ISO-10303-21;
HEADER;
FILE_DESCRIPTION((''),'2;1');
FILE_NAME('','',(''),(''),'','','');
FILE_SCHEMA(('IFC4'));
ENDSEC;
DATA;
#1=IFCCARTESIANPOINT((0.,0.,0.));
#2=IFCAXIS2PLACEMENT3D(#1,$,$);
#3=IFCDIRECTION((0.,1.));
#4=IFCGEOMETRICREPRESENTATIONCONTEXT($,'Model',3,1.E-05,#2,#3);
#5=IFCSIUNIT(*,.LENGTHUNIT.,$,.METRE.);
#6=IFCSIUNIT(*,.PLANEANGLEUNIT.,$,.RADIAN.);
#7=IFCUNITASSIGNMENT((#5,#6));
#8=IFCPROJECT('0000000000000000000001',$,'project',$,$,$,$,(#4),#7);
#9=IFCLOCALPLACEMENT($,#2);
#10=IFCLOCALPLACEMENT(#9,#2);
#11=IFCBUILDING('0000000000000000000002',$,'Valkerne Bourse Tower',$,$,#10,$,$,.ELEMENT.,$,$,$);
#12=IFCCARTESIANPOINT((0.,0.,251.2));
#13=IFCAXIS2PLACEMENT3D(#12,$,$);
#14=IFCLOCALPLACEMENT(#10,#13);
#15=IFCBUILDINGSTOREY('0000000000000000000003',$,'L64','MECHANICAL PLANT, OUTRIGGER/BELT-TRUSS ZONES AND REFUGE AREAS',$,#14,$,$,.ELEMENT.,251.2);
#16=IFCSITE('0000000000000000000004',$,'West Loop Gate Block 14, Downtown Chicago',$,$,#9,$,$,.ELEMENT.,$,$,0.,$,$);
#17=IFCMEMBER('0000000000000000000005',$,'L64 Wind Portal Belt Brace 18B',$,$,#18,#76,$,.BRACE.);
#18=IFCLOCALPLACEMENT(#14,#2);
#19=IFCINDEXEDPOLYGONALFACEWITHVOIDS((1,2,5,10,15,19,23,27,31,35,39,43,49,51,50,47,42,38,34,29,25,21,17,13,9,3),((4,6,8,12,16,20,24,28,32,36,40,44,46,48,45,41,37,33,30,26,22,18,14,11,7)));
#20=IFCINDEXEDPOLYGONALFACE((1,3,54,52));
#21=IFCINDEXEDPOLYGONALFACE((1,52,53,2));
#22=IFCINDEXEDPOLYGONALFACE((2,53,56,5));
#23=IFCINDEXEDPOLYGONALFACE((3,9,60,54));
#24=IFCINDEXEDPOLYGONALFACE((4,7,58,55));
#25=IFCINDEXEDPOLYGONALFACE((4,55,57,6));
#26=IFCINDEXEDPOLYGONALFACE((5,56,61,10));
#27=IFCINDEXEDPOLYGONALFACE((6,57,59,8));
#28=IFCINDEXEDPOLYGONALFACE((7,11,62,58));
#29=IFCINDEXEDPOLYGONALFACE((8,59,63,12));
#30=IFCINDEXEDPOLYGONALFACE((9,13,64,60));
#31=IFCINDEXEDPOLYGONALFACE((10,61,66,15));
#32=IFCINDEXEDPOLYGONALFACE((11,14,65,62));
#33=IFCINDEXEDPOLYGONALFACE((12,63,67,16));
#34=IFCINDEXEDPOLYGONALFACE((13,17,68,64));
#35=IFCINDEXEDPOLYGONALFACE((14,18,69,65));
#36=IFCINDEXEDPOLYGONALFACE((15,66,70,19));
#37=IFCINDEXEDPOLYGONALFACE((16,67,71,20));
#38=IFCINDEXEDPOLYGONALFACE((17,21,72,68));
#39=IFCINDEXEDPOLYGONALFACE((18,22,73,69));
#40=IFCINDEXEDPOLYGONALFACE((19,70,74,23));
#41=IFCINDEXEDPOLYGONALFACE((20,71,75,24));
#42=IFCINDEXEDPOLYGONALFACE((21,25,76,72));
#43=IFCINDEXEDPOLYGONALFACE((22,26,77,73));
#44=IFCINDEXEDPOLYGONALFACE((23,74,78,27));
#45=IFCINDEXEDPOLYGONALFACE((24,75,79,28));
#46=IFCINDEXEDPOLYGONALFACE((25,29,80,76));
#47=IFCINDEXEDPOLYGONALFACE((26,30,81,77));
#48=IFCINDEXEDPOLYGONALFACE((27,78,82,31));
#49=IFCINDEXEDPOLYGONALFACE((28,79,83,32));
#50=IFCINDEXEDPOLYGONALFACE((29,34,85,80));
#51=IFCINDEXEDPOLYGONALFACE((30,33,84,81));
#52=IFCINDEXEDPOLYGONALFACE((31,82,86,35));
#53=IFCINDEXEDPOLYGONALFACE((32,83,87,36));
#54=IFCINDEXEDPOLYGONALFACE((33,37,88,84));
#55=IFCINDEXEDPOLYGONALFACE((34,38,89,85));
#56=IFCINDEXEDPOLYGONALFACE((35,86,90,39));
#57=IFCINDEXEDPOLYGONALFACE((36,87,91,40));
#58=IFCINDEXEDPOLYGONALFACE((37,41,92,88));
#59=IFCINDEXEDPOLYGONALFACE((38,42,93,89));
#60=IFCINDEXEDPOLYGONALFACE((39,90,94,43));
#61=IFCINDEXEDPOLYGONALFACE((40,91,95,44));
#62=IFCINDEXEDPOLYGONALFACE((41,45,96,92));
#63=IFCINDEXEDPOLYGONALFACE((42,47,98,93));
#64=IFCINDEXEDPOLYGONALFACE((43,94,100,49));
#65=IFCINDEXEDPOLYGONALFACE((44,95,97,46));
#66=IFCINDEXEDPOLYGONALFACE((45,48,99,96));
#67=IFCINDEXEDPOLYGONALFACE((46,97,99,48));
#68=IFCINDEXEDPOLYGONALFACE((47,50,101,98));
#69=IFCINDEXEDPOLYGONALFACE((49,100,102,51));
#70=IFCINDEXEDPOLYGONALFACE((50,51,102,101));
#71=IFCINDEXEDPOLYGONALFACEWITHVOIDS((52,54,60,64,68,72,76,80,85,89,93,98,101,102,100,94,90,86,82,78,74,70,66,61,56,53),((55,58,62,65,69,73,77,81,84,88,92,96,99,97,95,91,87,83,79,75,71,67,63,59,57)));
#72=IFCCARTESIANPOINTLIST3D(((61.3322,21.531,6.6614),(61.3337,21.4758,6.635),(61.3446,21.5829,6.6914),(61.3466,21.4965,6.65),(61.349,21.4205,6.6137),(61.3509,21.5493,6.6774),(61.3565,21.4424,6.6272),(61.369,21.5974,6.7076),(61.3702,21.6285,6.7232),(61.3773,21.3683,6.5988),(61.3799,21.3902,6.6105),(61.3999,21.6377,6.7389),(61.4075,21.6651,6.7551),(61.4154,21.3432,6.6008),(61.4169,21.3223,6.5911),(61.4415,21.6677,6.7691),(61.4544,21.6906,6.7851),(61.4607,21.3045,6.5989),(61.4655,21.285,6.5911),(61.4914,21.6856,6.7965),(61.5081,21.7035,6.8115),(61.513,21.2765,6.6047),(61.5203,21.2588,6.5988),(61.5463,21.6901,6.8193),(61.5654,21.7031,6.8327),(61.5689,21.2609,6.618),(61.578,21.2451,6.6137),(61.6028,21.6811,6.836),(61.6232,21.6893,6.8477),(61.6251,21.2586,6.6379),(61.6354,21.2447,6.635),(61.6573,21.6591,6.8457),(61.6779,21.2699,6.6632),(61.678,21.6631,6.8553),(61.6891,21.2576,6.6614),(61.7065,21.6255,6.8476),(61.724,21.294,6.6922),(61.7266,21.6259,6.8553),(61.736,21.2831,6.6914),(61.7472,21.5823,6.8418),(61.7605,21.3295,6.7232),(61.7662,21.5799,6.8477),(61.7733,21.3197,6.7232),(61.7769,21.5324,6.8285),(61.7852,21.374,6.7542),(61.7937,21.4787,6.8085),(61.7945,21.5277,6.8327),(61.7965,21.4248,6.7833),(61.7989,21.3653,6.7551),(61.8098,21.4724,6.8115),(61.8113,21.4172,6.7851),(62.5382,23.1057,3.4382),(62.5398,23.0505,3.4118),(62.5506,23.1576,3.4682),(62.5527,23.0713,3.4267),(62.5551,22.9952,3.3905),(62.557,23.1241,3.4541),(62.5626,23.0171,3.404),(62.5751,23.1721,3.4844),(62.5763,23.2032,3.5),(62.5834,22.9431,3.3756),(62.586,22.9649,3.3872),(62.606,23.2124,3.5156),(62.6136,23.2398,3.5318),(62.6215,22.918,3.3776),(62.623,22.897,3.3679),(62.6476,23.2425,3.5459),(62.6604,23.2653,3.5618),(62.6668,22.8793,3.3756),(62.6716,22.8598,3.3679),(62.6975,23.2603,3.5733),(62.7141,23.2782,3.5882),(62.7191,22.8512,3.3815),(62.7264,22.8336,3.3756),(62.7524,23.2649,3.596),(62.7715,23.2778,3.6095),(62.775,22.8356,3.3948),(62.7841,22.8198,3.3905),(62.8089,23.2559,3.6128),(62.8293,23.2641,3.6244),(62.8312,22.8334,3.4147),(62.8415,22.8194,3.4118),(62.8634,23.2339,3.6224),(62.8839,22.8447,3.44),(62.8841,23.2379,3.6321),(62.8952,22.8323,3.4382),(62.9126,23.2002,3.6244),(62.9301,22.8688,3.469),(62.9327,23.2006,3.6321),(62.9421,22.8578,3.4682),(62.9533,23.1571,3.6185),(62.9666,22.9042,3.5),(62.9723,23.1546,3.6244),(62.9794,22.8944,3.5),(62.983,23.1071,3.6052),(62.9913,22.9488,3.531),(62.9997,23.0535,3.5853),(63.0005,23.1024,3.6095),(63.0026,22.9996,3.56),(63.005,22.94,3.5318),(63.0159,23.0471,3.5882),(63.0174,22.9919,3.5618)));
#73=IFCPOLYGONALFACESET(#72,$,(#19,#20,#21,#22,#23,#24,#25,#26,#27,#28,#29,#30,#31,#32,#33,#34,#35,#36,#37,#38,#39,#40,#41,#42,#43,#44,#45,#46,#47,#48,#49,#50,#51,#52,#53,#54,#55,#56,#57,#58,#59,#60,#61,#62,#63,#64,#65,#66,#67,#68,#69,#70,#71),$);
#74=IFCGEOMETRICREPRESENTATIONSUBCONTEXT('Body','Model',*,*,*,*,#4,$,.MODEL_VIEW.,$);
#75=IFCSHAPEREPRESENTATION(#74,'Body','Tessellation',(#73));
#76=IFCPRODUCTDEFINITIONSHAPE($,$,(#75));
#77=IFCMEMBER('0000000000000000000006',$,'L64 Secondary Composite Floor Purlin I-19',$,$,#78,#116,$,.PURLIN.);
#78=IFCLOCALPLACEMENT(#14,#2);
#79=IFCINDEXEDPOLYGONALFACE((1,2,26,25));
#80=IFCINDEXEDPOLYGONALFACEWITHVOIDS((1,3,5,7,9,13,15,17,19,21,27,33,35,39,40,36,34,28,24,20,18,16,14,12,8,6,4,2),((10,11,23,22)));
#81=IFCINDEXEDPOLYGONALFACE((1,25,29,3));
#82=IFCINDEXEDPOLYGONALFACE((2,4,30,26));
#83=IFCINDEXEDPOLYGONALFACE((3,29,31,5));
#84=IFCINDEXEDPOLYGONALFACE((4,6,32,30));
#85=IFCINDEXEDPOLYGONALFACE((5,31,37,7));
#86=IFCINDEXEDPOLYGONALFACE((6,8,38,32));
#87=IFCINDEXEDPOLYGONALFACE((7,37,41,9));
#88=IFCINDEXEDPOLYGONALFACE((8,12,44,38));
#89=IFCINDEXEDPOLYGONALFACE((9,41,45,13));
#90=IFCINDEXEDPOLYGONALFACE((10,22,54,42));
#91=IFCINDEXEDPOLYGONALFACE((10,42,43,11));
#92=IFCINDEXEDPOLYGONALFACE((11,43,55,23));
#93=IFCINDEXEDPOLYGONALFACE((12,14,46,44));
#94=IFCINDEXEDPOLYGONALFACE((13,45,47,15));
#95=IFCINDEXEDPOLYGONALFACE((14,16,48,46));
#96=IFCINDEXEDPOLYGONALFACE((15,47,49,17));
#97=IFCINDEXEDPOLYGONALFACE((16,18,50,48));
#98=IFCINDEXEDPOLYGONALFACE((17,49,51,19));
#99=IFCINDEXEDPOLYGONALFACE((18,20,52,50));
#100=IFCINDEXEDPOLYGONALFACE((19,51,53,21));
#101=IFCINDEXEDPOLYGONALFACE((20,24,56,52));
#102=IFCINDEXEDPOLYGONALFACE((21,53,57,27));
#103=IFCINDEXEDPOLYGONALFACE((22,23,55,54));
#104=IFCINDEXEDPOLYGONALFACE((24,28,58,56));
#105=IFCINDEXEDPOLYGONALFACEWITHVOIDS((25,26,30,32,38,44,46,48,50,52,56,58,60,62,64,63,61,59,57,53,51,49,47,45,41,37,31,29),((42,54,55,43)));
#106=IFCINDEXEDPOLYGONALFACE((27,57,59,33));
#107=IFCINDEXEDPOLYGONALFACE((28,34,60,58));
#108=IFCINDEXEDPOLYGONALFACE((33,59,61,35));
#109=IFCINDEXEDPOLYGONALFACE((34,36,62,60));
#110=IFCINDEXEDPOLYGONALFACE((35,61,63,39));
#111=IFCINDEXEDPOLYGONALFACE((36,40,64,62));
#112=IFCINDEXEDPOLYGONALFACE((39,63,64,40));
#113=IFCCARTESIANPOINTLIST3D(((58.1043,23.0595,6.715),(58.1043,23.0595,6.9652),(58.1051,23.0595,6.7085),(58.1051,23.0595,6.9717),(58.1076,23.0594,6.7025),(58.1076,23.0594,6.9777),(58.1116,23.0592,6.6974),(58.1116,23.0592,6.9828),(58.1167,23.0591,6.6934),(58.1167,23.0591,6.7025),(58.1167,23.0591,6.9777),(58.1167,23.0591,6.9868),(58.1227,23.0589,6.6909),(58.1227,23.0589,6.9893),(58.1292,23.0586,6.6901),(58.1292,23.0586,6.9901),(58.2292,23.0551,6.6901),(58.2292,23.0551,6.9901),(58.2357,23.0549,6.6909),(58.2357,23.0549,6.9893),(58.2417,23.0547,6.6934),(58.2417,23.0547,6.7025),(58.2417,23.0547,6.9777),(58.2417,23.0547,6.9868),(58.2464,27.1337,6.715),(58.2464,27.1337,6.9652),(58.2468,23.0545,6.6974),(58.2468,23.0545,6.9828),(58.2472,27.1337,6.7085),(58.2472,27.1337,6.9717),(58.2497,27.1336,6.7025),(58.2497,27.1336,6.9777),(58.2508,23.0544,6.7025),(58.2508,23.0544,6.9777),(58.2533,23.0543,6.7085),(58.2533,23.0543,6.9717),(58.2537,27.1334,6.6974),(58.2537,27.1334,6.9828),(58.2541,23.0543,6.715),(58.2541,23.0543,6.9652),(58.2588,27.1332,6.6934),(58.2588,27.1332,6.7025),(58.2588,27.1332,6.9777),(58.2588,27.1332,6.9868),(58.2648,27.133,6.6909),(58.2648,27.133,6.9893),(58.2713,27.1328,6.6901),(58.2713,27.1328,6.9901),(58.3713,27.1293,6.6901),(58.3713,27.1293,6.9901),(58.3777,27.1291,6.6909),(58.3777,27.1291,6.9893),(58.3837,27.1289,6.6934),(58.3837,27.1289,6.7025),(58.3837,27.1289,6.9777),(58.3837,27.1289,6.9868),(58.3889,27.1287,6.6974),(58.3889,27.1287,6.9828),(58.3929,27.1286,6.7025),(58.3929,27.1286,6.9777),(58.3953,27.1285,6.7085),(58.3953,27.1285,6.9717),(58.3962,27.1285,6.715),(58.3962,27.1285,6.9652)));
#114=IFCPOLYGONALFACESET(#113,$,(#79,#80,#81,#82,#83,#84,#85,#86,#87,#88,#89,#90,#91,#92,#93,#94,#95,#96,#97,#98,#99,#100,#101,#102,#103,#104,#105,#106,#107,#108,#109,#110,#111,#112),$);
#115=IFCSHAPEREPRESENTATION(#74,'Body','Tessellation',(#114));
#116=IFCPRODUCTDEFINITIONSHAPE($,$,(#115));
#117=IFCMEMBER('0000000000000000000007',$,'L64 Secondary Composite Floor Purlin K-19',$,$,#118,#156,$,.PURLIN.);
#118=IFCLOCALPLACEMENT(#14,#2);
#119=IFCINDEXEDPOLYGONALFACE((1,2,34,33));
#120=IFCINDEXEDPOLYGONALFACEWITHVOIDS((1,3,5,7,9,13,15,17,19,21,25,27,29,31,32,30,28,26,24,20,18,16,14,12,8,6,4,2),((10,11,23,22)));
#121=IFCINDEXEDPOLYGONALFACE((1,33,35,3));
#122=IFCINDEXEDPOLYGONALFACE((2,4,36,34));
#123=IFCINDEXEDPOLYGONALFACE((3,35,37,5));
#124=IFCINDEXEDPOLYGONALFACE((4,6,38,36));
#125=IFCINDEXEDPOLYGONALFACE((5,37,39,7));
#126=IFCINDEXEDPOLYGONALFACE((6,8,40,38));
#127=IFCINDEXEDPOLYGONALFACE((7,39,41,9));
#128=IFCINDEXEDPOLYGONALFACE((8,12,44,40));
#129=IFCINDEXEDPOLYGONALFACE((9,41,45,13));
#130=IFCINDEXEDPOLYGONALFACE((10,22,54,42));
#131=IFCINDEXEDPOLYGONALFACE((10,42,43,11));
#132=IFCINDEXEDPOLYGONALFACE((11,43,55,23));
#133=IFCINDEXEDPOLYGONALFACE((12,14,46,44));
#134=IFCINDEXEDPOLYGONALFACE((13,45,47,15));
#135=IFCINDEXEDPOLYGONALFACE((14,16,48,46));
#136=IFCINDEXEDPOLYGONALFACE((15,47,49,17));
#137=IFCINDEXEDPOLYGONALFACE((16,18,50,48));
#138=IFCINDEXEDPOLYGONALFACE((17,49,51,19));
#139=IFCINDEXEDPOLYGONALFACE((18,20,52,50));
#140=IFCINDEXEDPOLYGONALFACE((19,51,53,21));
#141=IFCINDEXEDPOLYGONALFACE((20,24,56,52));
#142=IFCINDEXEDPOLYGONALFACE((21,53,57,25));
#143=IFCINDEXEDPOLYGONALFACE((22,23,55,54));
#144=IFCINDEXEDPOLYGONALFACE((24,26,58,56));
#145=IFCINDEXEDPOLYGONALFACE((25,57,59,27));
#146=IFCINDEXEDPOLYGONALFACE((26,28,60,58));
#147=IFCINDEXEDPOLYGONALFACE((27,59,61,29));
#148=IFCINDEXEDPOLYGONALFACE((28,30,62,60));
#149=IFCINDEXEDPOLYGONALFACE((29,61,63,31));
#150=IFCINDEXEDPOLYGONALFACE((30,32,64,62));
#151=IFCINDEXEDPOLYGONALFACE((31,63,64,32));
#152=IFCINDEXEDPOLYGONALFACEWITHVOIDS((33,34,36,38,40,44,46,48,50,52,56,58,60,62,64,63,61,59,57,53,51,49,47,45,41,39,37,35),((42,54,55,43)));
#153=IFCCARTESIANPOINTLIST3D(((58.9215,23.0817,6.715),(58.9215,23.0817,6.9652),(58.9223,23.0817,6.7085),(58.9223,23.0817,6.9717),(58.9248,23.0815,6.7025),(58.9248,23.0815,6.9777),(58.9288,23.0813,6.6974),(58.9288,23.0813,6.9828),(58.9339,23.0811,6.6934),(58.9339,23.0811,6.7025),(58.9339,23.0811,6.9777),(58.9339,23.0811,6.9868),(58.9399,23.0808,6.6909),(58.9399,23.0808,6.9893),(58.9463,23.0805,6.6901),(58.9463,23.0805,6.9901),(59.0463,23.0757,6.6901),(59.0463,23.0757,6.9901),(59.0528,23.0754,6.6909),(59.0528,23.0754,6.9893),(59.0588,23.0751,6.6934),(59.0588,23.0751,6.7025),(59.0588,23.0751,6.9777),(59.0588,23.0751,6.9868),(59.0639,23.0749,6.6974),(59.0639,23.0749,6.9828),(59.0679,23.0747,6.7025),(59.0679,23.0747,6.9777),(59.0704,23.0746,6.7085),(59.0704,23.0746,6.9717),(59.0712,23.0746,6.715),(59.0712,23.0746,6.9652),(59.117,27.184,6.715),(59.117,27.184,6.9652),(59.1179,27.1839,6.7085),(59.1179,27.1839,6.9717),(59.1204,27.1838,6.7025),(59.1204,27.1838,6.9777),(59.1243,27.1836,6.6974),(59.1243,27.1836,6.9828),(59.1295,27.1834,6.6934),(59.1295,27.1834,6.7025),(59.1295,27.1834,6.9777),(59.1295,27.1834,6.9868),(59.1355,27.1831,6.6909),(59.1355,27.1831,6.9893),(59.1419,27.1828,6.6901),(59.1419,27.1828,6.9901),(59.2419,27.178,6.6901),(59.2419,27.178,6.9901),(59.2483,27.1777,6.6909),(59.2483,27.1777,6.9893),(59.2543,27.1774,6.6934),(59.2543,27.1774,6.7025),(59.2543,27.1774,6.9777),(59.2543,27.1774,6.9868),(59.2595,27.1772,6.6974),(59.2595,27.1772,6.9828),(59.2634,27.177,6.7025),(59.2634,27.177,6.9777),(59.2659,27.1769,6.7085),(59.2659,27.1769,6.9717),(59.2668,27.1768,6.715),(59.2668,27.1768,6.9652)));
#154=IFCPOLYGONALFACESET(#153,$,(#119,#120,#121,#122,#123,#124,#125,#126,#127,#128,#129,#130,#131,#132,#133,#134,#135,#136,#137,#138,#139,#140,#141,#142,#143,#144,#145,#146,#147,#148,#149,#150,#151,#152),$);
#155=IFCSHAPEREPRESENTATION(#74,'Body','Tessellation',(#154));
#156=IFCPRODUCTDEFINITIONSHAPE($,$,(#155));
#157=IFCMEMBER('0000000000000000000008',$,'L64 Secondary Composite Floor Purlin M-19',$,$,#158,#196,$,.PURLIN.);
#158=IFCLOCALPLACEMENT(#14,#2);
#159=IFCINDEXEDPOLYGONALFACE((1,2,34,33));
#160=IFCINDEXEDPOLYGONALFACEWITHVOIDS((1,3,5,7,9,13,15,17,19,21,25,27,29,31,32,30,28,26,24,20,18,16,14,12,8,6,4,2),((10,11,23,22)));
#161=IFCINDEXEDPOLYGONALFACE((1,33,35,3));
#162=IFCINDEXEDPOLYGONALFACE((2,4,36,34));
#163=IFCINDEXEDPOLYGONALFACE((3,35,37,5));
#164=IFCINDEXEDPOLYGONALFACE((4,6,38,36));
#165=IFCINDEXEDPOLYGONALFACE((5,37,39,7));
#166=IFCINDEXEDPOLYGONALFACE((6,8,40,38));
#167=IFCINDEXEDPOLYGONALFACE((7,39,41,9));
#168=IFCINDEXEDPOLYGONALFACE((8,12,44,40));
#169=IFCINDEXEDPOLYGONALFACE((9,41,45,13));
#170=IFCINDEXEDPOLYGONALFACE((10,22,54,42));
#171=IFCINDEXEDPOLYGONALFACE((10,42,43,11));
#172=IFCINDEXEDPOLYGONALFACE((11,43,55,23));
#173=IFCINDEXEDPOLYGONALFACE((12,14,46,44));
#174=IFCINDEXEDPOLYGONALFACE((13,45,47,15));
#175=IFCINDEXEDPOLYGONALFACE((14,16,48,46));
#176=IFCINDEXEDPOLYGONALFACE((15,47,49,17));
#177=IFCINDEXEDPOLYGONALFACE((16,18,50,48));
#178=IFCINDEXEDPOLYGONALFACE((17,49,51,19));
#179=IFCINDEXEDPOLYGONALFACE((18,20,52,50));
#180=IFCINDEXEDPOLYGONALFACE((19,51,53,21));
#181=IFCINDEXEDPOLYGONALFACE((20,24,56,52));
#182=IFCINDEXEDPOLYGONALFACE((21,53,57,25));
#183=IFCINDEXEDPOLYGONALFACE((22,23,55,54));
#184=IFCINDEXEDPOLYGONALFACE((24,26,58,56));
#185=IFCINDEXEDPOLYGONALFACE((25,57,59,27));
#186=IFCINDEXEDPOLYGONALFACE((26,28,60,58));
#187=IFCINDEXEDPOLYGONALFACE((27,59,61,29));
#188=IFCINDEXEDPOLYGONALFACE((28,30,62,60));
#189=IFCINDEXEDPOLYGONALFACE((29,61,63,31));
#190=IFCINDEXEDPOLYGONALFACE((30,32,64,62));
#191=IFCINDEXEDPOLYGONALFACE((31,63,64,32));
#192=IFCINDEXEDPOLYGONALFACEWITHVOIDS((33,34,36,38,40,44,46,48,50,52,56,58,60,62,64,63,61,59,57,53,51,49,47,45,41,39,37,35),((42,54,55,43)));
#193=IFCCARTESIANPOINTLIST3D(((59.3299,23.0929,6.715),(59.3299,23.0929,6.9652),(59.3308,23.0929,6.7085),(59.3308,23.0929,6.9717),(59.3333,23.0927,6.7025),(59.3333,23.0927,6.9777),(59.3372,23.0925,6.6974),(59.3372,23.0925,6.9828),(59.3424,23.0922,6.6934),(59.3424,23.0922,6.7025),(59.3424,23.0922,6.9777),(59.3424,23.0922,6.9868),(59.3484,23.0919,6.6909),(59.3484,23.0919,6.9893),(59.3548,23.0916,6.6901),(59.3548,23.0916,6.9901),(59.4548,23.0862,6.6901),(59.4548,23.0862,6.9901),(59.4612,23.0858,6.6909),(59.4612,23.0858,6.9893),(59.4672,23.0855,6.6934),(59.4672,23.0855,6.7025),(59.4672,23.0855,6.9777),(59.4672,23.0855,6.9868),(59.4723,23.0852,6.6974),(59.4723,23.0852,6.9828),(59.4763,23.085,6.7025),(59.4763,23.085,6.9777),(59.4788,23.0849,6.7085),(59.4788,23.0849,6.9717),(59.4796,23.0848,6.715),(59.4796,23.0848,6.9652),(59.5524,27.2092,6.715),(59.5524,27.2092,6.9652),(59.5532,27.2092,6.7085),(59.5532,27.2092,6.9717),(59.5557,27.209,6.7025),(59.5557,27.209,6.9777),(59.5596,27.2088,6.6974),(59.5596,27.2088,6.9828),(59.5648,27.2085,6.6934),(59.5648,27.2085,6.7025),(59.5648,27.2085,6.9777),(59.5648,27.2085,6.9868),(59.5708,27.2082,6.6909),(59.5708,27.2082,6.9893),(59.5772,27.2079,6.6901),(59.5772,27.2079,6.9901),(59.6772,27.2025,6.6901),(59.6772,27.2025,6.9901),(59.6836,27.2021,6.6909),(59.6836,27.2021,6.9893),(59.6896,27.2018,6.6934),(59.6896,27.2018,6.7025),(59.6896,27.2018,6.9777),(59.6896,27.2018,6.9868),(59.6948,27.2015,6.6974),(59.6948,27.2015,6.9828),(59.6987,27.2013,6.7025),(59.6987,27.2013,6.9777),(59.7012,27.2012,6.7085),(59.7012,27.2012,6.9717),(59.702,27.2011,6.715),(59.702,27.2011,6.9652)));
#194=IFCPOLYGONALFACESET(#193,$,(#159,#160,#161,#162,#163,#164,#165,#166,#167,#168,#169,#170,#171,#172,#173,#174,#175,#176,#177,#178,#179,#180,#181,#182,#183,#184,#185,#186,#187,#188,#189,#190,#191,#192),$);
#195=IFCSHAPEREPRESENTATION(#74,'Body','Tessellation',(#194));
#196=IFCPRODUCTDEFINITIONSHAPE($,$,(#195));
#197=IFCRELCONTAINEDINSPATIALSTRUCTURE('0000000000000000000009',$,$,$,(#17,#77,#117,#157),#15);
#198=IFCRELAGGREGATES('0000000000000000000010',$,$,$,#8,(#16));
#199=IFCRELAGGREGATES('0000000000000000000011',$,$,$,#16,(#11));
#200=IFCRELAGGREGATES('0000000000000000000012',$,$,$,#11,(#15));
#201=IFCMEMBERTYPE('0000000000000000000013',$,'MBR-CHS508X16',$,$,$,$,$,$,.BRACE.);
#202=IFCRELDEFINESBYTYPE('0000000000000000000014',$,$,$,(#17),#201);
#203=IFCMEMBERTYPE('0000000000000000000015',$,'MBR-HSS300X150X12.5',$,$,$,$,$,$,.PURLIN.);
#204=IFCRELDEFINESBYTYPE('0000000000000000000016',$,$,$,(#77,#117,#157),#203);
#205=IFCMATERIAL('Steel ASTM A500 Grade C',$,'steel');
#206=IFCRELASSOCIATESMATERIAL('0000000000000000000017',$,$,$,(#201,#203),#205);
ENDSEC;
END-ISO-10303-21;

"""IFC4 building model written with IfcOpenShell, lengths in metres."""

from ifc_helpers import new_model, si_unit, direction, frame, origin, origin_2d, place, context, subcontext, project, spatial, hollow_rectangle, hollow_circle, extrude, material, material_profile, profile_set, type_object, element, save


model = new_model("IFC4")

# Units and contexts
model_context = context("Model", 3, precision=1e-05, world=origin(), true_north=direction((0.0, 1.0)))
body_context = subcontext(model_context, "Body", "Model", "MODEL_VIEW")
ifc_project = project(units=[si_unit("LENGTHUNIT", "METRE"), si_unit("PLANEANGLEUNIT", "RADIAN")], contexts=[model_context])

# Site, building, storey
site_placement = place(None, origin())
site = spatial("IfcSite", under=ifc_project, at=site_placement, Name="West Loop Gate Block 14, Downtown Chicago", CompositionType="ELEMENT", RefElevation=0.0)
building_placement = place(site_placement, origin())
building = spatial("IfcBuilding", under=site, at=building_placement, Name="Valkerne Bourse Tower", CompositionType="ELEMENT")
storey_placement = place(building_placement, frame((0.0, 0.0, 251.2)))
storey = spatial("IfcBuildingStorey", under=building, at=storey_placement, Name="L64", Description="MECHANICAL PLANT, OUTRIGGER/BELT-TRUSS ZONES AND REFUGE AREAS", CompositionType="ELEMENT", Elevation=251.2)

# Members
ifc_material_1 = material(Name="Steel ASTM A500 Grade C", Category="steel")
ifc_material_profile_1 = material_profile(ifc_material_1, hollow_circle(Radius=0.2539, WallThickness=0.0161, at=origin_2d()), Name="CHS508X16")
ifc_profile_set_1 = profile_set([ifc_material_profile_1], Name="Steel ASTM A500 Grade C")
member_type_1 = type_object("IfcMemberType", Name="MBR-CHS508X16", PredefinedType="BRACE", material=ifc_profile_set_1)
member_1_placement = place(storey_placement, frame((62.7778, 23.0488, 3.5), z_axis=(-0.318677, -0.416087, 0.851655), x_axis=(0.793903, -0.608044, 0.0)))
element("IfcMember", 1, at=member_1_placement, inside=storey, type_object=member_type_1, Name="L64 Wind Portal Belt Brace 18B", PredefinedType="BRACE", context=body_context, shape_type="SweptSolid", body=[
    extrude(hollow_circle(Radius=0.2539, WallThickness=0.0161, at=origin_2d()), origin(), (0.0, 0.0, 1.0), 3.7847),
])
ifc_material_profile_2 = material_profile(ifc_material_1, hollow_rectangle(XDim=0.1499, YDim=0.3, WallThickness=0.0125, OuterFilletRadius=0.0249, at=origin_2d()), Name="HSS300X150X12.5")
ifc_profile_set_2 = profile_set([ifc_material_profile_2], Name="Steel ASTM A500 Grade C")
member_type_2 = type_object("IfcMemberType", Name="MBR-HSS300X150X12.5", PredefinedType="PURLIN", material=ifc_profile_set_2)
member_2_placement = place(storey_placement, frame((58.1792, 23.0569, 6.8401), z_axis=(0.034854, 0.999392, 0.0), x_axis=(-0.999392, 0.034854, 0.0)))
element("IfcMember", 2, at=member_2_placement, inside=storey, type_object=member_type_2, Name="L64 Secondary Composite Floor Purlin I-19", PredefinedType="PURLIN", context=body_context, shape_type="SweptSolid", body=[
    extrude(hollow_rectangle(XDim=0.1499, YDim=0.3, WallThickness=0.0125, OuterFilletRadius=0.0249, at=origin_2d()), origin(), (0.0, 0.0, 1.0), 4.0767),
])
member_3_placement = place(storey_placement, frame((58.9963, 23.0781, 6.8401), z_axis=(0.047616, 0.998866, 0.0), x_axis=(-0.998866, 0.047616, 0.0)))
element("IfcMember", 3, at=member_3_placement, inside=storey, type_object=member_type_2, Name="L64 Secondary Composite Floor Purlin K-19", PredefinedType="PURLIN", context=body_context, shape_type="SweptSolid", body=[
    extrude(hollow_rectangle(XDim=0.1499, YDim=0.3, WallThickness=0.0125, OuterFilletRadius=0.0249, at=origin_2d()), origin(), (0.0, 0.0, 1.0), 4.1069),
])
member_4_placement = place(storey_placement, frame((59.4048, 23.0889, 6.8401), z_axis=(0.053955, 0.998543, 0.0), x_axis=(-0.998543, 0.053955, 0.0)))
element("IfcMember", 4, at=member_4_placement, inside=storey, type_object=member_type_2, Name="L64 Secondary Composite Floor Purlin M-19", PredefinedType="PURLIN", context=body_context, shape_type="SweptSolid", body=[
    extrude(hollow_rectangle(XDim=0.1499, YDim=0.3, WallThickness=0.0125, OuterFilletRadius=0.0249, at=origin_2d()), origin(), (0.0, 0.0, 1.0), 4.1223),
])

save(model, "model.ifc")
